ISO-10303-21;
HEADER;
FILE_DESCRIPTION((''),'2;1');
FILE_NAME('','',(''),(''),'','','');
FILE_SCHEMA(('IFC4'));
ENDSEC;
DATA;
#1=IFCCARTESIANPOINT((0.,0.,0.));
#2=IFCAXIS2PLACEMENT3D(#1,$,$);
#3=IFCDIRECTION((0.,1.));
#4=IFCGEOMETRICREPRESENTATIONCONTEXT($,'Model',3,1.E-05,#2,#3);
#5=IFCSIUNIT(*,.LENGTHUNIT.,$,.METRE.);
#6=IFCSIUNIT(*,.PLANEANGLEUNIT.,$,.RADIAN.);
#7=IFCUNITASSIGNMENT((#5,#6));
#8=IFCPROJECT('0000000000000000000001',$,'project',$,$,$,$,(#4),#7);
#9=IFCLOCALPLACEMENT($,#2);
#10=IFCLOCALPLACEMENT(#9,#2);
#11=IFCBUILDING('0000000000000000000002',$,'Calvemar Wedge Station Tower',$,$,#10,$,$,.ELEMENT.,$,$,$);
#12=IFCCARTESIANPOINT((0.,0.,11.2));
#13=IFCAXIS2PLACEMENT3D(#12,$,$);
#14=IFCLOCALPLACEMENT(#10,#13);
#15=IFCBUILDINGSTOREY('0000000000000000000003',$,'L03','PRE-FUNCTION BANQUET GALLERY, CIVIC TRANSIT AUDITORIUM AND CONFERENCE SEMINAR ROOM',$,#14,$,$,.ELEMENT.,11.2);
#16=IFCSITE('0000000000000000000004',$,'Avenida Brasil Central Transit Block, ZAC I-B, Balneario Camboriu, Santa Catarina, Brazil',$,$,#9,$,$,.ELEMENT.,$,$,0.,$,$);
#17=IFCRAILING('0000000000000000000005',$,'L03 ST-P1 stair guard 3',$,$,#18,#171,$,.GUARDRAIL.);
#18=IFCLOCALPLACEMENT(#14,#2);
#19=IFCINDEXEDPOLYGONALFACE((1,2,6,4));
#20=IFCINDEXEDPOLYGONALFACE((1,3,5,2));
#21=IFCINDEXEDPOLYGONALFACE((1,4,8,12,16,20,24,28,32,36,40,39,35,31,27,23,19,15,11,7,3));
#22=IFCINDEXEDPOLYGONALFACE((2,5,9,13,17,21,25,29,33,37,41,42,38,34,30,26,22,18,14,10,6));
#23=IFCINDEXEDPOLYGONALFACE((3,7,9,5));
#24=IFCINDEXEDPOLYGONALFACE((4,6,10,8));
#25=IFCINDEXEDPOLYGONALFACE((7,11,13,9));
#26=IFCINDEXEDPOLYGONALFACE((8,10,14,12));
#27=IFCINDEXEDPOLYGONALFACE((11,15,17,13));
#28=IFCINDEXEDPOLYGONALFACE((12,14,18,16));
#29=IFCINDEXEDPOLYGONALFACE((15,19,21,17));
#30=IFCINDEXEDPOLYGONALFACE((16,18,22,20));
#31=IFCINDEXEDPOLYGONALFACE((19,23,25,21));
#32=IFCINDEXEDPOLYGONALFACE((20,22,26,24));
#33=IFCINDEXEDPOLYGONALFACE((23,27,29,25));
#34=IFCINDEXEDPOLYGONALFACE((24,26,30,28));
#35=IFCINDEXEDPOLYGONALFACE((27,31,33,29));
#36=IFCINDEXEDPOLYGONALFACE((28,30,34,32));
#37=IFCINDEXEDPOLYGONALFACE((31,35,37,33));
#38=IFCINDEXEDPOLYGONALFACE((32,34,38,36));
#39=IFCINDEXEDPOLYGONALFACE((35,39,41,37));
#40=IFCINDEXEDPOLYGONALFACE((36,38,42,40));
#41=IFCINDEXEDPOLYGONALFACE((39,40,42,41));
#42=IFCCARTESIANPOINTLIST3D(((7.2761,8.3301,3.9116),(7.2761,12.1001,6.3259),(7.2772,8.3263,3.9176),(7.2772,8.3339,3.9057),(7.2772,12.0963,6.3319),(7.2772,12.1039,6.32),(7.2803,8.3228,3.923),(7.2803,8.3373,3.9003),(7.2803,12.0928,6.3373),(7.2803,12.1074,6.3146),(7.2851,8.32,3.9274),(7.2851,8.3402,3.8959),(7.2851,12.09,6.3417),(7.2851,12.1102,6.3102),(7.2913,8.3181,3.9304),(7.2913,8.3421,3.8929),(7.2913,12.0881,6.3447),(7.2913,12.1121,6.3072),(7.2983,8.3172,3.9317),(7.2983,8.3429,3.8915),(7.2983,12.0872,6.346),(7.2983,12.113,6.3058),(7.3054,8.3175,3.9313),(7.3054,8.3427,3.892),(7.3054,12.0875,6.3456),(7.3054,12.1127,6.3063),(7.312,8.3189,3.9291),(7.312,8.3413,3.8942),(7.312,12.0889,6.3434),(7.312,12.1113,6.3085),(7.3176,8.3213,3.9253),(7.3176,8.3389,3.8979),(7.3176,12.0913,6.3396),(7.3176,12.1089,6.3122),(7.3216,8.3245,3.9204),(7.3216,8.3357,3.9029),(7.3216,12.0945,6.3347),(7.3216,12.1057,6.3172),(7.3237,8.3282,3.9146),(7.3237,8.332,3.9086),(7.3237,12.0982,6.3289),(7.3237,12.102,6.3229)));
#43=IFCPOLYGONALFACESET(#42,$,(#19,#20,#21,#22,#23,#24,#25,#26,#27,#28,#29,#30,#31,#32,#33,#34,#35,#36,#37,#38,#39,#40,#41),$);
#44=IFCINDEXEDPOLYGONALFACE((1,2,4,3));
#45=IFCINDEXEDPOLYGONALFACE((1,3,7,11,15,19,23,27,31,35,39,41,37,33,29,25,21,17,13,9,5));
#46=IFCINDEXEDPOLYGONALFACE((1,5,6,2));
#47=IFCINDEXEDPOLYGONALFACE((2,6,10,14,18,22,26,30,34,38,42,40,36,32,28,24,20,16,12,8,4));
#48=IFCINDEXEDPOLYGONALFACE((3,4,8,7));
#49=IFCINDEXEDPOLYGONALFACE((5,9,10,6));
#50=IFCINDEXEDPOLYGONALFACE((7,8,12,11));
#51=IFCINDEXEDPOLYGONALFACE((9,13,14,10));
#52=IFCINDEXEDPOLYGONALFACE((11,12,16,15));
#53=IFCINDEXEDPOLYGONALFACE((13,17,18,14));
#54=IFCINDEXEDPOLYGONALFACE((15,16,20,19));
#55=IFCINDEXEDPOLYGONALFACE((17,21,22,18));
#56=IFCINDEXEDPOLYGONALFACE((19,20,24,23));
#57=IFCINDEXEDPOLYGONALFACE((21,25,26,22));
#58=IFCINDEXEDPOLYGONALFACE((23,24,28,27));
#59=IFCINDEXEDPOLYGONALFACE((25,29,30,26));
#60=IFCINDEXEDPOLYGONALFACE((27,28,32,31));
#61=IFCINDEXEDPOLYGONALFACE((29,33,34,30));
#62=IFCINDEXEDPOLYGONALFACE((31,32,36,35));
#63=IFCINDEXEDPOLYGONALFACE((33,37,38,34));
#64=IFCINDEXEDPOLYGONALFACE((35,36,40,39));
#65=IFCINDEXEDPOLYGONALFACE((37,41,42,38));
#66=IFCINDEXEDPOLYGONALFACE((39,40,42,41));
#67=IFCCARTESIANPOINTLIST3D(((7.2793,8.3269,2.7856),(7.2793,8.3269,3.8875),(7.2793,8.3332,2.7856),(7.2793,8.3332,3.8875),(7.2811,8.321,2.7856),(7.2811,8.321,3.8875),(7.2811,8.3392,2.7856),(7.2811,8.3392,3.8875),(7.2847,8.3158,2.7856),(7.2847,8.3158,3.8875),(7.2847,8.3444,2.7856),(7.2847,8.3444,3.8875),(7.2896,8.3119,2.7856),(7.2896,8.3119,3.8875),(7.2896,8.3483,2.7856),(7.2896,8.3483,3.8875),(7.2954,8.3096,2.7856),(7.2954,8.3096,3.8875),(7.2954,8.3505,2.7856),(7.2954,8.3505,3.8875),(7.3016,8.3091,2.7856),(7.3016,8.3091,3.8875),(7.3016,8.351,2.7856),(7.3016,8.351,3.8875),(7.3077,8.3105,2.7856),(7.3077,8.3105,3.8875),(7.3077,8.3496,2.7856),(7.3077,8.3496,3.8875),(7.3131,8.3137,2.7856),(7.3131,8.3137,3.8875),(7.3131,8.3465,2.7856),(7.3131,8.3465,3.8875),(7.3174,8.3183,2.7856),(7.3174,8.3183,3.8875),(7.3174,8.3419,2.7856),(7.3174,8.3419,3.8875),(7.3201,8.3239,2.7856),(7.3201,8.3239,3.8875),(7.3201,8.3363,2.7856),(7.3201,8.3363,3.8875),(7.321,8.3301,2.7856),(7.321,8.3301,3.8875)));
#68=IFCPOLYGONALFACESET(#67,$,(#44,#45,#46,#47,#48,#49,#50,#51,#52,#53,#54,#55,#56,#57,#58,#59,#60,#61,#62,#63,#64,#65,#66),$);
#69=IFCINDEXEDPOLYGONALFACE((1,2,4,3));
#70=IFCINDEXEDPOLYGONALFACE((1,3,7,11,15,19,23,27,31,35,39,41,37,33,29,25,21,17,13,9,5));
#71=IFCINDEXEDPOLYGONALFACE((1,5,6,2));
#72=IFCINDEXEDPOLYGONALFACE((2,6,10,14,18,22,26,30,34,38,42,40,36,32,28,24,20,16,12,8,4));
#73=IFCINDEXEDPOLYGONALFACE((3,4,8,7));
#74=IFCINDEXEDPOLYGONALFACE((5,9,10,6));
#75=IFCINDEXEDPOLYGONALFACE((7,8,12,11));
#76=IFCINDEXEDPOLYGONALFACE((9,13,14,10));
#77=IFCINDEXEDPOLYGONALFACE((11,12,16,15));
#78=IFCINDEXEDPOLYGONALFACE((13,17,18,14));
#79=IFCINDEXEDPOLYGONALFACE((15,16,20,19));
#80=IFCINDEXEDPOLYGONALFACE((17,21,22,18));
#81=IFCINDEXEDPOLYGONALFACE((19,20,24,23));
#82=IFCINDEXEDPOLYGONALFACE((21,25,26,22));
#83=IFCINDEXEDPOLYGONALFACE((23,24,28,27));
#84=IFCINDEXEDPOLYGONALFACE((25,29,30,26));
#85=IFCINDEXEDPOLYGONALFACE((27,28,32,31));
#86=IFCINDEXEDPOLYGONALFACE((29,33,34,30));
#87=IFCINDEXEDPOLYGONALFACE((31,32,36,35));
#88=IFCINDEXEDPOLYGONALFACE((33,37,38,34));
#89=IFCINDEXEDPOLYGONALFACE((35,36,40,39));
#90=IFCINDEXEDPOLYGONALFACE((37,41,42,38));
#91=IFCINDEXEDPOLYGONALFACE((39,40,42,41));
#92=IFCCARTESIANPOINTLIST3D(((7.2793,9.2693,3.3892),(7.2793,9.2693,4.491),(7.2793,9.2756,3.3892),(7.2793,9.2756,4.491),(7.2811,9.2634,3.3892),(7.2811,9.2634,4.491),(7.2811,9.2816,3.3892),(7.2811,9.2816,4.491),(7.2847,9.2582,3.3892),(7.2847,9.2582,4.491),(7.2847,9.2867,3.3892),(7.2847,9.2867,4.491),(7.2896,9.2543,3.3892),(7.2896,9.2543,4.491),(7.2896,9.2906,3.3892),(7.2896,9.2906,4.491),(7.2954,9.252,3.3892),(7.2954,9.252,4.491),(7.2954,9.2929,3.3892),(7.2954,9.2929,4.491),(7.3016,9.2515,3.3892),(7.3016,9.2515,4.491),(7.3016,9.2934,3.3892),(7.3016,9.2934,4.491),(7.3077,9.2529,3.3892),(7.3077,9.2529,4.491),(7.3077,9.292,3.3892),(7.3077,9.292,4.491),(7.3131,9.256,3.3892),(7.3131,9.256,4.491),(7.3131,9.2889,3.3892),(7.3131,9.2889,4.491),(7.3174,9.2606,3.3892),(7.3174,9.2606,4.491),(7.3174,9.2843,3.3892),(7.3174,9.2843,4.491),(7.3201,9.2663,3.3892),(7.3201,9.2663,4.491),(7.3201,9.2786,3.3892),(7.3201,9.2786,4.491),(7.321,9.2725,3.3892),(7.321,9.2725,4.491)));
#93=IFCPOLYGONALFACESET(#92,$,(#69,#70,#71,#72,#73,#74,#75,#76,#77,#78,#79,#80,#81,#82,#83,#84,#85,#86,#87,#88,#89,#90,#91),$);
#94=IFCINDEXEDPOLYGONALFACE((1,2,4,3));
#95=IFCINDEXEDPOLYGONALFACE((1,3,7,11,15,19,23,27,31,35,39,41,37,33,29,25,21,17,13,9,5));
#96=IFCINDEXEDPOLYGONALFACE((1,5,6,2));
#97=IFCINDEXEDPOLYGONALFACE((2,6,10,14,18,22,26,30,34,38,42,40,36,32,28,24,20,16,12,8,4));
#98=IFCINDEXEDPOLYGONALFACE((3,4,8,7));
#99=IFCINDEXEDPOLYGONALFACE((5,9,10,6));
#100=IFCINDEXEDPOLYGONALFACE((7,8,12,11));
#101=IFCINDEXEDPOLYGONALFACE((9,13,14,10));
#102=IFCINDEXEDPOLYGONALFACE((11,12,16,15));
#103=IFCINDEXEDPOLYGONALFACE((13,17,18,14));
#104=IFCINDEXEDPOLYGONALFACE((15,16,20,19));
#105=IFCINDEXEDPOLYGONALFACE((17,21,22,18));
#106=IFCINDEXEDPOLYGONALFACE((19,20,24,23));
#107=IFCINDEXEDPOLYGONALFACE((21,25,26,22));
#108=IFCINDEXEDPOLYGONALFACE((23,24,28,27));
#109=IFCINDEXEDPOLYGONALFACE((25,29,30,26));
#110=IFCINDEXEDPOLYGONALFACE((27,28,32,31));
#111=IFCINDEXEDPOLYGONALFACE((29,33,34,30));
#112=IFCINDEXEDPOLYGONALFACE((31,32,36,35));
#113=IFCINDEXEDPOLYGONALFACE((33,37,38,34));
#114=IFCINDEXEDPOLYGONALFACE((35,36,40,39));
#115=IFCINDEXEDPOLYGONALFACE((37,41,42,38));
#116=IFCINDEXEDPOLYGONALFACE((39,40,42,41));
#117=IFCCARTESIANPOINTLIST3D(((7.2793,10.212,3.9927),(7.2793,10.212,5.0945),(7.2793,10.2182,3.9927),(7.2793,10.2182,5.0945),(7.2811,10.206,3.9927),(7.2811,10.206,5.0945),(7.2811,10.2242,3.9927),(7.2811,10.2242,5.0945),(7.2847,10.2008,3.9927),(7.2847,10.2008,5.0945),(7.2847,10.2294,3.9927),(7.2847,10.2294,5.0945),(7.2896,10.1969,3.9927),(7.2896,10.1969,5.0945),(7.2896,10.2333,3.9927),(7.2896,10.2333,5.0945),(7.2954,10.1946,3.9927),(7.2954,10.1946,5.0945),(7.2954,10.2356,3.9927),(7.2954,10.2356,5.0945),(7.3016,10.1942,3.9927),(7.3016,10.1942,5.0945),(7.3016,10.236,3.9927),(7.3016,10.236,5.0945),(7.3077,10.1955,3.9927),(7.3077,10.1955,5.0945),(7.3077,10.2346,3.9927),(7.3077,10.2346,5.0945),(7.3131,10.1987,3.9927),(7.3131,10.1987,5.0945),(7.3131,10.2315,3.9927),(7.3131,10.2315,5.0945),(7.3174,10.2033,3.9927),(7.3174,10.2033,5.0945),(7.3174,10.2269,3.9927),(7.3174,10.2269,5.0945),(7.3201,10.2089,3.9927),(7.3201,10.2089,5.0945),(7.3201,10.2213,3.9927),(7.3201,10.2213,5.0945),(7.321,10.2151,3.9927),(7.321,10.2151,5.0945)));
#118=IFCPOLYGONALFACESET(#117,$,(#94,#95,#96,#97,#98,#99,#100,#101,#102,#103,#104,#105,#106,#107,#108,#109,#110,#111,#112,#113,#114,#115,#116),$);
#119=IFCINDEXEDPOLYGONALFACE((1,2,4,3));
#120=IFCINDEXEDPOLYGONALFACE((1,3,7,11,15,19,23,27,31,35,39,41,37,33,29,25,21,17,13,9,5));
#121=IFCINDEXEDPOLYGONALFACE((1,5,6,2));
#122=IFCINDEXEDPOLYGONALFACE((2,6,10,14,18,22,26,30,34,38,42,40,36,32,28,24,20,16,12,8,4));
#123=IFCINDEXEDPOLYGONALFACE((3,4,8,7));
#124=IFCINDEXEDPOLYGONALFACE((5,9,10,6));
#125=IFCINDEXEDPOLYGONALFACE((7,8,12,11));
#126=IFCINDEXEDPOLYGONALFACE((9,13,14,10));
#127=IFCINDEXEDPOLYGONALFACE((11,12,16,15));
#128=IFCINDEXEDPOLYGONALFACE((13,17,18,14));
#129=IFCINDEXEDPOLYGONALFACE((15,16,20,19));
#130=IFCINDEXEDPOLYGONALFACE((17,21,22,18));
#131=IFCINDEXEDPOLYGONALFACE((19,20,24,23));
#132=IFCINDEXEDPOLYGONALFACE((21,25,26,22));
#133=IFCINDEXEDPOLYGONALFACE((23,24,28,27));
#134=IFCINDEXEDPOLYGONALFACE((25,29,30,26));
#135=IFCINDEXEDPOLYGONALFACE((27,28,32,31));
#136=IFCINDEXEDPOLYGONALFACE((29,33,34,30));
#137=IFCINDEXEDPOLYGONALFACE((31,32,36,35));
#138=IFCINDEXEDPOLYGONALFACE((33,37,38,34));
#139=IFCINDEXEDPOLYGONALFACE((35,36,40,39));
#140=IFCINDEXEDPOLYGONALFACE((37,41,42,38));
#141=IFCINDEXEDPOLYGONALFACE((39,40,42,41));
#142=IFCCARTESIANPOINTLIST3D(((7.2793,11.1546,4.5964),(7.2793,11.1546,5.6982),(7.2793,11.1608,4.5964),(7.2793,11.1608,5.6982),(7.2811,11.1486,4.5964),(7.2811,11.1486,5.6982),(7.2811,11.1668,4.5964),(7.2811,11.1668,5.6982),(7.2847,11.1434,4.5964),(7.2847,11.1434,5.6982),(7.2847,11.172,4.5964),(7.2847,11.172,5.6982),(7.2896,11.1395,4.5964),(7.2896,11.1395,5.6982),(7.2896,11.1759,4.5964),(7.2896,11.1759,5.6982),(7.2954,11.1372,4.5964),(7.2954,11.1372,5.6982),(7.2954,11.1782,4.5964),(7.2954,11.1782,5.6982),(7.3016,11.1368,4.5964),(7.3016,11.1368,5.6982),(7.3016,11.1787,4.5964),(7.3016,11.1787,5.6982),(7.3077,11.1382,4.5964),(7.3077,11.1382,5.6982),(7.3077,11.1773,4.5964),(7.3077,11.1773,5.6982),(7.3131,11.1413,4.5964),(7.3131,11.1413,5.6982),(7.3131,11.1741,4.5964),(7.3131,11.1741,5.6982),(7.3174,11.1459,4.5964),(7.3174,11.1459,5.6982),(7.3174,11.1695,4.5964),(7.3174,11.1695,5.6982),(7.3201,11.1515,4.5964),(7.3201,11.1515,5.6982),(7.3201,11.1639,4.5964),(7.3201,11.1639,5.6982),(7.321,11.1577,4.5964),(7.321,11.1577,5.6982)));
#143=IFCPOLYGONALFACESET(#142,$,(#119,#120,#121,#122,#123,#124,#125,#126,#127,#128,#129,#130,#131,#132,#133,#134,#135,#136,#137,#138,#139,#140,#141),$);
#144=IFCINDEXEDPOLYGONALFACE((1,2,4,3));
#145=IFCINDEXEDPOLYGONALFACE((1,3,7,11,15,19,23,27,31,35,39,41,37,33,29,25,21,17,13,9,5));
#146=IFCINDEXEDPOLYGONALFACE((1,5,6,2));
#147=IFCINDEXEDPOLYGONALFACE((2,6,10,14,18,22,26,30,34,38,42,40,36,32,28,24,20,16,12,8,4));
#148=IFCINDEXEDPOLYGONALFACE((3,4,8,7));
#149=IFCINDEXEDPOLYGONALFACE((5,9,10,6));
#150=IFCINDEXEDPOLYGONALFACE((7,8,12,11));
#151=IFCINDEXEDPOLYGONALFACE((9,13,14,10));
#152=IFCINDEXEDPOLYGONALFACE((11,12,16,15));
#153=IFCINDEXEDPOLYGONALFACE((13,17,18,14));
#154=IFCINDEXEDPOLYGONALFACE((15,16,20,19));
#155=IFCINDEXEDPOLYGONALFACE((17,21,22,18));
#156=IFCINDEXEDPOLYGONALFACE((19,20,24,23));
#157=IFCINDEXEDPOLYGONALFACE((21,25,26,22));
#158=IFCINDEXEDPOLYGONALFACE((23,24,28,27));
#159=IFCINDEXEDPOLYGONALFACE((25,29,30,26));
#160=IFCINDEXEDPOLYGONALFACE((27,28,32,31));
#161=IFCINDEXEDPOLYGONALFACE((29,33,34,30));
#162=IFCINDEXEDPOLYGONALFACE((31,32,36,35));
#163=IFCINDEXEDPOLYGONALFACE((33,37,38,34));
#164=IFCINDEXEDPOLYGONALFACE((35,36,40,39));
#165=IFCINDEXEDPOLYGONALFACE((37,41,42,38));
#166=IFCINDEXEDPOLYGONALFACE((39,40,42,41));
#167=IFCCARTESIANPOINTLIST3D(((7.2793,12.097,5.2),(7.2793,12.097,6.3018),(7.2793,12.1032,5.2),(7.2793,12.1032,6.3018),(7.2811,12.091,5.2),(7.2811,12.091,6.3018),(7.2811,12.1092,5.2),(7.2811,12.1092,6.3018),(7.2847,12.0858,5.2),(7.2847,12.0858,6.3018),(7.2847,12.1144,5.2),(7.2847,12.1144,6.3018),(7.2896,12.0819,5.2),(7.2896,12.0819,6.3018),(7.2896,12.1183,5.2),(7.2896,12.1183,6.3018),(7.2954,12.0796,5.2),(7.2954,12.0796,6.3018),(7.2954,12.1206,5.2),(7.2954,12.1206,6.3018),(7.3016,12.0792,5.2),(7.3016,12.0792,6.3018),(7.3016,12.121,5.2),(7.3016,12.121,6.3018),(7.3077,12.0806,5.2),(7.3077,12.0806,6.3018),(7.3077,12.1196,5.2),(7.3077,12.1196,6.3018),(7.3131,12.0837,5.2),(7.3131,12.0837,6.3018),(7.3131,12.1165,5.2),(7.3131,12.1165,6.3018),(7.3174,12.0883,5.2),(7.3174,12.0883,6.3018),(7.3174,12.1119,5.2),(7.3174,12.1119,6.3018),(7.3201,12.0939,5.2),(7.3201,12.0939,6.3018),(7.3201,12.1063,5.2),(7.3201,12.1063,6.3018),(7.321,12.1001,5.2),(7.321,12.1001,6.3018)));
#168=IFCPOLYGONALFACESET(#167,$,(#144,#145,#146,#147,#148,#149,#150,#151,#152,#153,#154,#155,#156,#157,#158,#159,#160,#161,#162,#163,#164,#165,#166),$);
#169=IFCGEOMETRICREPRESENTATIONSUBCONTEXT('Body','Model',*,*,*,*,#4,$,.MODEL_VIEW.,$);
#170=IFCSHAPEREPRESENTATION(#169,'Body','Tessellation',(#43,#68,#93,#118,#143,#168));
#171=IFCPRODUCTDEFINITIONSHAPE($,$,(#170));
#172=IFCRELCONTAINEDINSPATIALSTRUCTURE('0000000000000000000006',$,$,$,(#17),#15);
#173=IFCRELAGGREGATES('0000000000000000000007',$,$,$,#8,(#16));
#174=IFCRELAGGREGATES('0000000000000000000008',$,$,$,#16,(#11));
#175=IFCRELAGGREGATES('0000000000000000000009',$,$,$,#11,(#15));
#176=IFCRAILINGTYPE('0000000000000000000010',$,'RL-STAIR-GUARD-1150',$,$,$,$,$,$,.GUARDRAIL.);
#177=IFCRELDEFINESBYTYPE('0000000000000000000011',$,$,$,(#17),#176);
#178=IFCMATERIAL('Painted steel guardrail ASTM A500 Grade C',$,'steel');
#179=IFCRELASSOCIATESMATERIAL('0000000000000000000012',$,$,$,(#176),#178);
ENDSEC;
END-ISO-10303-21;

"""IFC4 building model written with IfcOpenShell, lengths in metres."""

from ifc_helpers import new_model, si_unit, direction, frame, origin, origin_2d, place, context, subcontext, project, spatial, circle, extrude, material, type_object, element, save


model = new_model("IFC4")

# Units and contexts
model_context = context("Model", 3, precision=1e-05, world=origin(), true_north=direction((0.0, 1.0)))
body_context = subcontext(model_context, "Body", "Model", "MODEL_VIEW")
ifc_project = project(units=[si_unit("LENGTHUNIT", "METRE"), si_unit("PLANEANGLEUNIT", "RADIAN")], contexts=[model_context])

# Site, building, storey
site_placement = place(None, origin())
site = spatial("IfcSite", under=ifc_project, at=site_placement, Name="Avenida Brasil Central Transit Block, ZAC I-B, Balneario Camboriu, Santa Catarina, Brazil", CompositionType="ELEMENT", RefElevation=0.0)
building_placement = place(site_placement, origin())
building = spatial("IfcBuilding", under=site, at=building_placement, Name="Calvemar Wedge Station Tower", CompositionType="ELEMENT")
storey_placement = place(building_placement, frame((0.0, 0.0, 11.2)))
storey = spatial("IfcBuildingStorey", under=building, at=storey_placement, Name="L03", Description="PRE-FUNCTION BANQUET GALLERY, CIVIC TRANSIT AUDITORIUM AND CONFERENCE SEMINAR ROOM", CompositionType="ELEMENT", Elevation=11.2)

# Railing
ifc_material_1 = material(Name="Painted steel guardrail ASTM A500 Grade C", Category="steel")
railing_type_1 = type_object("IfcRailingType", Name="RL-STAIR-GUARD-1150", PredefinedType="GUARDRAIL", material=ifc_material_1)
railing_1_placement = place(storey_placement, frame((7.3, 8.3301, 2.7856)))
element("IfcRailing", 1, at=railing_1_placement, inside=storey, type_object=railing_type_1, Name="L03 ST-P1 stair guard 3", PredefinedType="GUARDRAIL", context=body_context, shape_type="SweptSolid", body=[
    extrude(circle(Radius=0.0239, at=origin_2d()), frame((0.0, 0.0, 1.126), z_axis=(0.0, 0.84212, 0.53929), x_axis=(-1.0, 0.0, 0.0)), (0.0, 0.0, 1.0), 4.4768),
    extrude(circle(Radius=0.021, at=origin_2d()), origin(), (0.0, 0.0, 1.0), 1.1018),
    extrude(circle(Radius=0.021, at=origin_2d()), frame((0.0, 0.9424, 0.6035)), (0.0, 0.0, 1.0), 1.1018),
    extrude(circle(Radius=0.021, at=origin_2d()), frame((0.0, 1.885, 1.207)), (0.0, 0.0, 1.0), 1.1018),
    extrude(circle(Radius=0.021, at=origin_2d()), frame((0.0, 2.8276, 1.8108)), (0.0, 0.0, 1.0), 1.1018),
    extrude(circle(Radius=0.021, at=origin_2d()), frame((0.0, 3.77, 2.4143)), (0.0, 0.0, 1.0), 1.1018),
])

save(model, "model.ifc")
